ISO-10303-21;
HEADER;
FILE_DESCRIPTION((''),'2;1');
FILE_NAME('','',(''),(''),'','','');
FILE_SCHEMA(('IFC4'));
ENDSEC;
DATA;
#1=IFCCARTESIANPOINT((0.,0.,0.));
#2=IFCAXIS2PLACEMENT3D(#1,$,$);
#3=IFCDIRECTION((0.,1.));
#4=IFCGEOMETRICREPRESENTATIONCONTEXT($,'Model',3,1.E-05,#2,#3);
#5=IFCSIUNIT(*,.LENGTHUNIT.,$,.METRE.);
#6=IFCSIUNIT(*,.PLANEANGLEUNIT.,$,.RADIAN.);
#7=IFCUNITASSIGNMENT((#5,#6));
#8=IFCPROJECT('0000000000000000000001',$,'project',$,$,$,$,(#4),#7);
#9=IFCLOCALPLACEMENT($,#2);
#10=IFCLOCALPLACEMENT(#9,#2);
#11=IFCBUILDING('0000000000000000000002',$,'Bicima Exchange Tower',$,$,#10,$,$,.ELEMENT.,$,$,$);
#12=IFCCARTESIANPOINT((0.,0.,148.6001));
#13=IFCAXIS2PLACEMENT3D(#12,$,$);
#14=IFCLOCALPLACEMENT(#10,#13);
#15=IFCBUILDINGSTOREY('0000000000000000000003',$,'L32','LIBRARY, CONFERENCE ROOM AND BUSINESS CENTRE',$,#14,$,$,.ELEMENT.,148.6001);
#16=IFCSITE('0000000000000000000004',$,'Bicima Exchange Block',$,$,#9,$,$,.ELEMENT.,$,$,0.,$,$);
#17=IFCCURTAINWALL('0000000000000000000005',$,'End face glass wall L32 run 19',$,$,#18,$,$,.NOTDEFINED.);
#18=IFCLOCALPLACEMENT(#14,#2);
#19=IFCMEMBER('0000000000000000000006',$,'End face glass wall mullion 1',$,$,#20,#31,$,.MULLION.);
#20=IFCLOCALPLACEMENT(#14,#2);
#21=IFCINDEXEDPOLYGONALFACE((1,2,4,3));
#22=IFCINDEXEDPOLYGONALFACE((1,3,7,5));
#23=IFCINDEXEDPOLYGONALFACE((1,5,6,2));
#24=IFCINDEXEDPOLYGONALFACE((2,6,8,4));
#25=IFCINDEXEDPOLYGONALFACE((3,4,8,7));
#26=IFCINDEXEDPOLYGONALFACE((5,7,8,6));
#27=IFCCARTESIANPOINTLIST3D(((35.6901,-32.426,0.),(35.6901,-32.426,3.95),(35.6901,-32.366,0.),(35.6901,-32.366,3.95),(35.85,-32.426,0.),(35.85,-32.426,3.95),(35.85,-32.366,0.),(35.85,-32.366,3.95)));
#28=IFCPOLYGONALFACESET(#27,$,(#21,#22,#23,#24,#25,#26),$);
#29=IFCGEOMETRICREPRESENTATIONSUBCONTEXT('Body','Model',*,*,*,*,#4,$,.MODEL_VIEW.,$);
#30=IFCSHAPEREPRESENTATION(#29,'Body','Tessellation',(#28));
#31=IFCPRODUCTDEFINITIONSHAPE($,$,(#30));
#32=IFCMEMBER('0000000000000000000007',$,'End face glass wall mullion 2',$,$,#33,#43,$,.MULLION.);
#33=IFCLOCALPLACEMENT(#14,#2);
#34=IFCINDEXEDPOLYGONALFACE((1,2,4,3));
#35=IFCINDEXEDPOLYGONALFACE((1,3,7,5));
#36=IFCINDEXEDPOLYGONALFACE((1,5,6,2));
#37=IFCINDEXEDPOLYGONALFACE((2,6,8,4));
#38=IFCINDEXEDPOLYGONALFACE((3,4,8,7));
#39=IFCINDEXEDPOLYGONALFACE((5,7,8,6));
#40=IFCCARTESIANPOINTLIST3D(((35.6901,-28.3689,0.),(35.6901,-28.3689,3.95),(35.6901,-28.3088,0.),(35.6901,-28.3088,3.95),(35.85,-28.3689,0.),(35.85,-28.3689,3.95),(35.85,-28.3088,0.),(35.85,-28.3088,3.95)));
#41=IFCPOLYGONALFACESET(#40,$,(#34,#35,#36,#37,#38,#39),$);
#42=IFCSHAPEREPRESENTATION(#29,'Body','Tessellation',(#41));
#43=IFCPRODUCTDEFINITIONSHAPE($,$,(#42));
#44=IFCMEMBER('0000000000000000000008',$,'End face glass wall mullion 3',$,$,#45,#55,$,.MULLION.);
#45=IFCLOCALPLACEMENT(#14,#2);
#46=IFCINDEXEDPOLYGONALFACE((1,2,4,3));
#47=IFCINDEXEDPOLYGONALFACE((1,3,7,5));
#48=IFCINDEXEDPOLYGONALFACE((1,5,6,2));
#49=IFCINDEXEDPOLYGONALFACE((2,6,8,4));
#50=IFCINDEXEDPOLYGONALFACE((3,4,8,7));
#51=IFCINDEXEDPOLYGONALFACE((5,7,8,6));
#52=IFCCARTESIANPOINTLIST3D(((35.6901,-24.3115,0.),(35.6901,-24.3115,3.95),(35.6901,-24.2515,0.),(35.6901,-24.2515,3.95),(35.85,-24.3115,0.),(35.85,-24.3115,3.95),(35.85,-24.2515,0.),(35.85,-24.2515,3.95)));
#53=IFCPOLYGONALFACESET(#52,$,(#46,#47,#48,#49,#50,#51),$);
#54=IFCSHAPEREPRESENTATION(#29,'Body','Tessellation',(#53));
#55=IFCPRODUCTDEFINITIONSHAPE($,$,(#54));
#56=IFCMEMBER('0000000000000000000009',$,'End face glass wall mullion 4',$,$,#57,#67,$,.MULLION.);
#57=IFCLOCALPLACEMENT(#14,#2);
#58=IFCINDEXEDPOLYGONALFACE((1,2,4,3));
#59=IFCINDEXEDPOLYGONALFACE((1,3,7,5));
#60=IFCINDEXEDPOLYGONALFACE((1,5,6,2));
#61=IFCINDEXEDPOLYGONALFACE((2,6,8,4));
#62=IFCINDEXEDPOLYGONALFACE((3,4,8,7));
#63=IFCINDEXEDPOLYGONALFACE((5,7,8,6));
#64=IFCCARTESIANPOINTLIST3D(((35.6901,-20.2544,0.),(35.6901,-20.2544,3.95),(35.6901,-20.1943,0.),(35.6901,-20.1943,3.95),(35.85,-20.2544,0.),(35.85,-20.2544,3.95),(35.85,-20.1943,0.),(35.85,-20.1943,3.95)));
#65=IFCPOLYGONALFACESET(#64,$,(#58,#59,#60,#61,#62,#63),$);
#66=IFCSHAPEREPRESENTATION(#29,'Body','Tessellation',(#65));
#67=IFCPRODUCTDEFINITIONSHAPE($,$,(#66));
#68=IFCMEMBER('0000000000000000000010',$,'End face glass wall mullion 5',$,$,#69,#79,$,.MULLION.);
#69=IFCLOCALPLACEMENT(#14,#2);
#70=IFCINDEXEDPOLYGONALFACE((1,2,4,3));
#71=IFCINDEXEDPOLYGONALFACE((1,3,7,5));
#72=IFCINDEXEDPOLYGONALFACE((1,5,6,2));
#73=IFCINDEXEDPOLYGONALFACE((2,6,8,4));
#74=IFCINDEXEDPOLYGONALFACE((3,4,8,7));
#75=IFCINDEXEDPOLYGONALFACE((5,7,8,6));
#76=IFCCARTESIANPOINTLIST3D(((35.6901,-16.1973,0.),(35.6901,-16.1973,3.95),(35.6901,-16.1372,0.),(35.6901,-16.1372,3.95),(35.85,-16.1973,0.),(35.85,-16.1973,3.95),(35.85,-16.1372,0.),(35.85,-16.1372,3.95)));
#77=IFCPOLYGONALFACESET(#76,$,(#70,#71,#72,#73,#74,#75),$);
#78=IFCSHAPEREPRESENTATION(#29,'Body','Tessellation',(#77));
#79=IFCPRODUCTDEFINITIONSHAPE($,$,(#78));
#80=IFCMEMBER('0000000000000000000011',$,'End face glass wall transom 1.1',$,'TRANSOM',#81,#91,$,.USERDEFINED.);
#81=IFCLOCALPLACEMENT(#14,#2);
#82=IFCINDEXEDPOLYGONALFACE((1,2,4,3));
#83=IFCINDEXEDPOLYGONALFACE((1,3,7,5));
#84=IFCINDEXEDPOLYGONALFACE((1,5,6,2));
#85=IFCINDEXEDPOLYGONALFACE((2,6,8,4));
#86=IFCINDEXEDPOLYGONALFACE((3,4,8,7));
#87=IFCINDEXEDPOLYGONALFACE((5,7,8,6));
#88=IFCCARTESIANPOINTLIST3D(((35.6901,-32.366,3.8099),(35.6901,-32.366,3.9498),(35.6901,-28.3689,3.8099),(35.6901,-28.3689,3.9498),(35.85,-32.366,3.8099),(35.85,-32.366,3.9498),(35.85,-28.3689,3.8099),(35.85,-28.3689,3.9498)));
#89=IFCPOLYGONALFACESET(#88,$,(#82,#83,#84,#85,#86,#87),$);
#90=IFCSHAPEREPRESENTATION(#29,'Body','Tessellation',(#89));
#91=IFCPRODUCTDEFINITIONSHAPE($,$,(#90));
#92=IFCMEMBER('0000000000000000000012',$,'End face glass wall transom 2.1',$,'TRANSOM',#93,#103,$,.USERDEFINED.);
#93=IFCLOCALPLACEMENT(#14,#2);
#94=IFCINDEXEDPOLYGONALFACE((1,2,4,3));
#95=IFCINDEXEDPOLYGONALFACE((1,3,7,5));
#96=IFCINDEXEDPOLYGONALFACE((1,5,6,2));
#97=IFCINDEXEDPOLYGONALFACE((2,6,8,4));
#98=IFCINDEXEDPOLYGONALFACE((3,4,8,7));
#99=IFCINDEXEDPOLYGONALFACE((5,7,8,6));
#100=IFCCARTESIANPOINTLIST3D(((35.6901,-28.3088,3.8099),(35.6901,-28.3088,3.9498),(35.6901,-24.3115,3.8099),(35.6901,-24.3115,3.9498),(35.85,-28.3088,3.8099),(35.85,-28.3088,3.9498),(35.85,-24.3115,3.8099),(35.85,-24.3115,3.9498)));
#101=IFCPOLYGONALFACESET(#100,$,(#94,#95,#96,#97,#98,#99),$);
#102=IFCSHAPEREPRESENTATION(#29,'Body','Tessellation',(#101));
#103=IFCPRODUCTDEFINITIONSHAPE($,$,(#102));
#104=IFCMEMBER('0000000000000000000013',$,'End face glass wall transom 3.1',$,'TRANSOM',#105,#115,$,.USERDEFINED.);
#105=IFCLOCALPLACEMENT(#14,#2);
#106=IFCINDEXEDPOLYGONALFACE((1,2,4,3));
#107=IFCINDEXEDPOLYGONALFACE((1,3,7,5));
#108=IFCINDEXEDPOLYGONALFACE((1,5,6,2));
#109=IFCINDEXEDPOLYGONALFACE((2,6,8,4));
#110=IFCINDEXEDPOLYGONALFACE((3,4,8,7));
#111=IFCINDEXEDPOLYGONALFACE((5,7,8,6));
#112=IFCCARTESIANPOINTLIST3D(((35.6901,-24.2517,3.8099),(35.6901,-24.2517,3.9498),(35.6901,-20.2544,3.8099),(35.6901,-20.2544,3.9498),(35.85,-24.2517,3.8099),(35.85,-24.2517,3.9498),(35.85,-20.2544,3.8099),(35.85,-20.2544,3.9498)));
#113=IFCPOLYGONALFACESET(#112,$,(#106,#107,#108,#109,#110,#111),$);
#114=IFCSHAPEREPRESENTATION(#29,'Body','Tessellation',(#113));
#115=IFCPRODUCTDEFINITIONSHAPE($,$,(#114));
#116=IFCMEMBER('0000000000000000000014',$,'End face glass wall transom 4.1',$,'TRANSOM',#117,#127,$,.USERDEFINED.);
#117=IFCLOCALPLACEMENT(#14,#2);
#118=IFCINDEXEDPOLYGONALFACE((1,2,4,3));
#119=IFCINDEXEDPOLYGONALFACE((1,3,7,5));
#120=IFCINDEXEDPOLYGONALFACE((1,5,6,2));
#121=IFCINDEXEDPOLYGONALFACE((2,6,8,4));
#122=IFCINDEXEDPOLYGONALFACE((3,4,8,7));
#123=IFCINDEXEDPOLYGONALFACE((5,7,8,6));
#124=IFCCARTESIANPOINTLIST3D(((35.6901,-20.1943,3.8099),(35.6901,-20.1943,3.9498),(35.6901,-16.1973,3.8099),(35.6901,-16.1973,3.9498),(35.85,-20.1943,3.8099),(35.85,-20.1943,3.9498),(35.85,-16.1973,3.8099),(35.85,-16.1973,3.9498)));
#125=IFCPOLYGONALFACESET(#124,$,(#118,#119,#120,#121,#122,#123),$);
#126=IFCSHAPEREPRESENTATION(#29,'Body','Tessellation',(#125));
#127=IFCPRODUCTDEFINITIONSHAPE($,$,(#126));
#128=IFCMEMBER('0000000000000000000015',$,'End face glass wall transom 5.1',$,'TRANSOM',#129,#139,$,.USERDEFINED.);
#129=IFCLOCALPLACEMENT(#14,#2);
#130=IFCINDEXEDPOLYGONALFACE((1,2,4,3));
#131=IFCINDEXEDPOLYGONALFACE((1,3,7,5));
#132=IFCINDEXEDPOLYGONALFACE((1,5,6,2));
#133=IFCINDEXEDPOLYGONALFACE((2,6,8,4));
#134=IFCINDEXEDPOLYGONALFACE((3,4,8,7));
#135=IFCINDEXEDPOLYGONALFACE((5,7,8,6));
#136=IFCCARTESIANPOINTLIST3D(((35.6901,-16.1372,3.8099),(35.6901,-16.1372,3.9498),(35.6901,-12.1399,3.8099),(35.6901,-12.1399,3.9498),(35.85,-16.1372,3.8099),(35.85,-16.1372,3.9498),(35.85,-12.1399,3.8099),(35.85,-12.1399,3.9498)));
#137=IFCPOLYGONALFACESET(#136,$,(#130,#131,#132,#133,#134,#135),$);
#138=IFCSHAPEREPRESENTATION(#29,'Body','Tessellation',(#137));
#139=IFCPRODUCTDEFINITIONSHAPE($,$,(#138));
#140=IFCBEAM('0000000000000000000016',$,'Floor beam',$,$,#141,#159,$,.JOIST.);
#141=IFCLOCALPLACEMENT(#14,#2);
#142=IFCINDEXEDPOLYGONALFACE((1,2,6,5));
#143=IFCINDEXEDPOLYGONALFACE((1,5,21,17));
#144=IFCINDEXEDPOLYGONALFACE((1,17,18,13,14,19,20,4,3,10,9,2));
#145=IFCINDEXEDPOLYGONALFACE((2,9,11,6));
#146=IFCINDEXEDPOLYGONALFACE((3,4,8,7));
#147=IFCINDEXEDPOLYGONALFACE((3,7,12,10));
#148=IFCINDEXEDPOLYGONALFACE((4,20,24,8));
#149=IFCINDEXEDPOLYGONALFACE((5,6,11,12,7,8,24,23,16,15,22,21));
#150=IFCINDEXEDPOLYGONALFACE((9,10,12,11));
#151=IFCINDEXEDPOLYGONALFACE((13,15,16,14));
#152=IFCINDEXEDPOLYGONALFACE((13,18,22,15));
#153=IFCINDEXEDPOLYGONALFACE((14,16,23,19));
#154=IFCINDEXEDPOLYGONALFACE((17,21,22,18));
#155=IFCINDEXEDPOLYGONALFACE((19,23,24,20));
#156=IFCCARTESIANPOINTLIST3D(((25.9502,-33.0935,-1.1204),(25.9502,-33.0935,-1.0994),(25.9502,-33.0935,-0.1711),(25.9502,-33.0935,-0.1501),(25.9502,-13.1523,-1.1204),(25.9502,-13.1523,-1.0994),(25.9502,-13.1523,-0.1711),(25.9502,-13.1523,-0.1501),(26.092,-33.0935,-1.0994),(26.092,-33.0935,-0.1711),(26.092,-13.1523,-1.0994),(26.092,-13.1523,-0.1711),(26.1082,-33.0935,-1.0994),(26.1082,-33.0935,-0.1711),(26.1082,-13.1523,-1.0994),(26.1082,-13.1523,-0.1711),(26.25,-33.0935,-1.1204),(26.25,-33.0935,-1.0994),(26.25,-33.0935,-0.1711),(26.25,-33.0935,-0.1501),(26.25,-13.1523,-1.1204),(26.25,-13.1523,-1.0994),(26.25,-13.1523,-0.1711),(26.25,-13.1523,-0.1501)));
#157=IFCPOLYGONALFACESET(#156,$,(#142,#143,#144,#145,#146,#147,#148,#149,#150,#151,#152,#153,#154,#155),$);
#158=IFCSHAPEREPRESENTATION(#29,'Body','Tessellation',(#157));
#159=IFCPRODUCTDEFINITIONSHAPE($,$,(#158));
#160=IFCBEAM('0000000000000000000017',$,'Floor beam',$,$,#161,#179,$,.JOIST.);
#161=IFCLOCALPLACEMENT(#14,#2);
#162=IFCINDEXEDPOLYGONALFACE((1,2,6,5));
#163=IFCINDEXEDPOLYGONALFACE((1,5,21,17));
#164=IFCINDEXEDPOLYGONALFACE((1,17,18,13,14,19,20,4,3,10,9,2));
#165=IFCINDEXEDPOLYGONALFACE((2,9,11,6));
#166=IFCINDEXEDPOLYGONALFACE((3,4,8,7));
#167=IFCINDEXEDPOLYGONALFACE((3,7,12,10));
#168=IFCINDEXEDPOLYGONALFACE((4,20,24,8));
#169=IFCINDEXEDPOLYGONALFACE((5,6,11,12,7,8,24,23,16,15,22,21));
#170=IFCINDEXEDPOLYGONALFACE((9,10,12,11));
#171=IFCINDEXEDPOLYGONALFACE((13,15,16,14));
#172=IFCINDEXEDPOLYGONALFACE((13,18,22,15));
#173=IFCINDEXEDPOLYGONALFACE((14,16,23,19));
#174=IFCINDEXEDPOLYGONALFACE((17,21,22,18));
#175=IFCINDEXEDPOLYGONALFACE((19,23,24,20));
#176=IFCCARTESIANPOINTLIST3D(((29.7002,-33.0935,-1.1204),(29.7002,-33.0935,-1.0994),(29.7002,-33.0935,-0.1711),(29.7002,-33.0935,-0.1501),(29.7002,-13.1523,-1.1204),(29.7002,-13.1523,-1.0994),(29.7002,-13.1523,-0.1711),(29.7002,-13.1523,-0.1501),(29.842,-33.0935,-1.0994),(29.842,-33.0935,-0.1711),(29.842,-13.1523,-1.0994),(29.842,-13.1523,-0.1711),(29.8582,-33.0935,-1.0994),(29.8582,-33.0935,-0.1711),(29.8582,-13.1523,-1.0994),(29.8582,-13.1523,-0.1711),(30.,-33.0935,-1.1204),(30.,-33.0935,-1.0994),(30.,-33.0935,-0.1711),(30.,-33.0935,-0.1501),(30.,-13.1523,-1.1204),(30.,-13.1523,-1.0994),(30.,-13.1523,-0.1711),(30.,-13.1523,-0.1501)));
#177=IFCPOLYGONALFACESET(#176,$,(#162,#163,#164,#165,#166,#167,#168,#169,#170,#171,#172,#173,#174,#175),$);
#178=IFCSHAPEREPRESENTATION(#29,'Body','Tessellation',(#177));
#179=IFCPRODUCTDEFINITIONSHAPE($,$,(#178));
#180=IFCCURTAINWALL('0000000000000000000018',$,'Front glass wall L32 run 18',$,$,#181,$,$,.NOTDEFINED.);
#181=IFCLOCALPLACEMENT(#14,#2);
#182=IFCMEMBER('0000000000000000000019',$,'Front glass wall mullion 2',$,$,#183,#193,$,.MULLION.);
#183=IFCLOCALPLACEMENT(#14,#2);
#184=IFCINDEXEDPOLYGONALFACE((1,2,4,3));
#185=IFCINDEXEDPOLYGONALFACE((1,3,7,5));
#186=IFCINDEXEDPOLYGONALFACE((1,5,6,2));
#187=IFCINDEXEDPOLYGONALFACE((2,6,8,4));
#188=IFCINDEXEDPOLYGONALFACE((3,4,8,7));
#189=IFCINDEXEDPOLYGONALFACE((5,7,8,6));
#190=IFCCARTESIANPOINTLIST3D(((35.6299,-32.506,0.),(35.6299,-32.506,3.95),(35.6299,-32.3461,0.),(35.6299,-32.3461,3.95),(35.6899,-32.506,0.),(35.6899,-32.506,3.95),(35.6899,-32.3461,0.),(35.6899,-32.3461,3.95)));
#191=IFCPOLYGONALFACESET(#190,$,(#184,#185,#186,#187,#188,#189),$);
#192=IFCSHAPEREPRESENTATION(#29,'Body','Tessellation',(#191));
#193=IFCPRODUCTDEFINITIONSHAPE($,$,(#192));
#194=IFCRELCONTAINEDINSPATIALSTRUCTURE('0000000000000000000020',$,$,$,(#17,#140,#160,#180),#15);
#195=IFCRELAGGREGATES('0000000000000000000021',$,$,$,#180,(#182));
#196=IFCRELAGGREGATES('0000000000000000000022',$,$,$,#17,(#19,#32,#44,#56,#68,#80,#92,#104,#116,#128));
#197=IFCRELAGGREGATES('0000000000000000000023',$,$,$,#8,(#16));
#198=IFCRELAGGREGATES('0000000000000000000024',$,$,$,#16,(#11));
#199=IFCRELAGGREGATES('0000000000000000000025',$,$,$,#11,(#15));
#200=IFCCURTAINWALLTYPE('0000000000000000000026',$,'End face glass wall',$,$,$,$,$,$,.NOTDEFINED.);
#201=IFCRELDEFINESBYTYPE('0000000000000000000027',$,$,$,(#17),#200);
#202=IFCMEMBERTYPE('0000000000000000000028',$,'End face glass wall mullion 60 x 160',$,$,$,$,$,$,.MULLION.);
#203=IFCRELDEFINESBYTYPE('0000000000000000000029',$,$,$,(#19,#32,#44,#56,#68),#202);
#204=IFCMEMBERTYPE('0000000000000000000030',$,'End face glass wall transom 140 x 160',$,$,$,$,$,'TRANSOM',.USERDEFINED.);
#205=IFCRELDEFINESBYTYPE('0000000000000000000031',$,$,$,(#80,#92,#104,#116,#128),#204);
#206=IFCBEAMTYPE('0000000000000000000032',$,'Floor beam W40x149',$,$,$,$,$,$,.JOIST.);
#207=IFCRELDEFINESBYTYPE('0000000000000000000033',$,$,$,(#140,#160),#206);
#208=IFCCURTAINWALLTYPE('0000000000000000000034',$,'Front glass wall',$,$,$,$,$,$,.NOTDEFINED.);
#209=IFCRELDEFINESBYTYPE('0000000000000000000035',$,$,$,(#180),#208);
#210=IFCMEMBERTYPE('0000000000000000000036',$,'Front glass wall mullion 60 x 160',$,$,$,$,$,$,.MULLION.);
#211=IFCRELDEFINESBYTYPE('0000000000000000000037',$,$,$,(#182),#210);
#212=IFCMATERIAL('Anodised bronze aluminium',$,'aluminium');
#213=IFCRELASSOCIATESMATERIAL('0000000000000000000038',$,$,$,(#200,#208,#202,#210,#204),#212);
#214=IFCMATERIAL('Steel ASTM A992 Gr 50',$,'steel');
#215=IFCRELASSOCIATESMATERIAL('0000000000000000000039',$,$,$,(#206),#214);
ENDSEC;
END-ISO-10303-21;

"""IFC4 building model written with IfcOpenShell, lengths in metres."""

from ifc_helpers import new_model, si_unit, direction, frame, origin, origin_2d, place, context, subcontext, project, spatial, rectangle, i_section, extrude, material, material_profile, profile_set, type_object, element, aggregate, save


model = new_model("IFC4")

# Units and contexts
model_context = context("Model", 3, precision=1e-05, world=origin(), true_north=direction((0.0, 1.0)))
body_context = subcontext(model_context, "Body", "Model", "MODEL_VIEW")
ifc_project = project(units=[si_unit("LENGTHUNIT", "METRE"), si_unit("PLANEANGLEUNIT", "RADIAN")], contexts=[model_context])

# Site, building, storey
site_placement = place(None, origin())
site = spatial("IfcSite", under=ifc_project, at=site_placement, Name="Bicima Exchange Block", CompositionType="ELEMENT", RefElevation=0.0)
building_placement = place(site_placement, origin())
building = spatial("IfcBuilding", under=site, at=building_placement, Name="Bicima Exchange Tower", CompositionType="ELEMENT")
storey_placement = place(building_placement, frame((0.0, 0.0, 148.6001)))
storey = spatial("IfcBuildingStorey", under=building, at=storey_placement, Name="L32", Description="LIBRARY, CONFERENCE ROOM AND BUSINESS CENTRE", CompositionType="ELEMENT", Elevation=148.6001)

# Curtain wall, members
ifc_material_1 = material(Name="Anodised bronze aluminium", Category="aluminium")
curtain_wall_type_1 = type_object("IfcCurtainWallType", Name="End face glass wall", PredefinedType="NOTDEFINED", material=ifc_material_1)
curtain_wall_1_placement = place(storey_placement, origin())
curtain_wall_1 = element("IfcCurtainWall", 1, at=curtain_wall_1_placement, inside=storey, type_object=curtain_wall_type_1, Name="End face glass wall L32 run 19", PredefinedType="NOTDEFINED")
ifc_material_profile_1 = material_profile(ifc_material_1, rectangle(XDim=0.1599, YDim=0.0601, at=origin_2d()))
ifc_profile_set_1 = profile_set([ifc_material_profile_1], Name="Anodised bronze aluminium")
member_type_1 = type_object("IfcMemberType", Name="End face glass wall mullion 60 x 160", PredefinedType="MULLION", material=ifc_profile_set_1)
member_1_placement = place(storey_placement, frame((35.77, -32.396, 0.0), z_axis=(0.0, 0.0, 1.0), x_axis=(-1.0, 0.0, 0.0)))
member_1 = element("IfcMember", 2, at=member_1_placement, type_object=member_type_1, Name="End face glass wall mullion 1", PredefinedType="MULLION", context=body_context, shape_type="SweptSolid", body=[
    extrude(rectangle(XDim=0.1599, YDim=0.0601, at=origin_2d()), origin(), (0.0, 0.0, 1.0), 3.95),
])
member_2_placement = place(storey_placement, frame((35.77, -28.3389, 0.0), z_axis=(0.0, 0.0, 1.0), x_axis=(-1.0, 0.0, 0.0)))
member_2 = element("IfcMember", 3, at=member_2_placement, type_object=member_type_1, Name="End face glass wall mullion 2", PredefinedType="MULLION", context=body_context, shape_type="SweptSolid", body=[
    extrude(rectangle(XDim=0.1599, YDim=0.0601, at=origin_2d()), origin(), (0.0, 0.0, 1.0), 3.95),
])
member_3_placement = place(storey_placement, frame((35.77, -24.2815, 0.0), z_axis=(0.0, 0.0, 1.0), x_axis=(-1.0, 0.0, 0.0)))
member_3 = element("IfcMember", 4, at=member_3_placement, type_object=member_type_1, Name="End face glass wall mullion 3", PredefinedType="MULLION", context=body_context, shape_type="SweptSolid", body=[
    extrude(rectangle(XDim=0.1599, YDim=0.0601, at=origin_2d()), origin(), (0.0, 0.0, 1.0), 3.95),
])
member_4_placement = place(storey_placement, frame((35.77, -20.2244, 0.0), z_axis=(0.0, 0.0, 1.0), x_axis=(-1.0, 0.0, 0.0)))
member_4 = element("IfcMember", 5, at=member_4_placement, type_object=member_type_1, Name="End face glass wall mullion 4", PredefinedType="MULLION", context=body_context, shape_type="SweptSolid", body=[
    extrude(rectangle(XDim=0.1599, YDim=0.0601, at=origin_2d()), origin(), (0.0, 0.0, 1.0), 3.95),
])
member_5_placement = place(storey_placement, frame((35.77, -16.1672, 0.0), z_axis=(0.0, 0.0, 1.0), x_axis=(-1.0, 0.0, 0.0)))
member_5 = element("IfcMember", 6, at=member_5_placement, type_object=member_type_1, Name="End face glass wall mullion 5", PredefinedType="MULLION", context=body_context, shape_type="SweptSolid", body=[
    extrude(rectangle(XDim=0.1599, YDim=0.0601, at=origin_2d()), origin(), (0.0, 0.0, 1.0), 3.95),
])
ifc_material_profile_2 = material_profile(ifc_material_1, rectangle(XDim=0.1599, YDim=0.1399, at=origin_2d()))
ifc_profile_set_2 = profile_set([ifc_material_profile_2], Name="Anodised bronze aluminium")
member_type_2 = type_object("IfcMemberType", Name="End face glass wall transom 140 x 160", ElementType="TRANSOM", PredefinedType="USERDEFINED", material=ifc_profile_set_2)
member_6_placement = place(storey_placement, frame((35.77, -32.366, 3.8799), z_axis=(0.0, 1.0, 0.0), x_axis=(-1.0, 0.0, 0.0)))
member_6 = element("IfcMember", 7, at=member_6_placement, type_object=member_type_2, Name="End face glass wall transom 1.1", ObjectType="TRANSOM", PredefinedType="USERDEFINED", context=body_context, shape_type="SweptSolid", body=[
    extrude(rectangle(XDim=0.1599, YDim=0.1399, at=origin_2d()), origin(), (0.0, 0.0, 1.0), 3.9971),
])
member_7_placement = place(storey_placement, frame((35.77, -28.3088, 3.8799), z_axis=(0.0, 1.0, 0.0), x_axis=(-1.0, 0.0, 0.0)))
member_7 = element("IfcMember", 8, at=member_7_placement, type_object=member_type_2, Name="End face glass wall transom 2.1", ObjectType="TRANSOM", PredefinedType="USERDEFINED", context=body_context, shape_type="SweptSolid", body=[
    extrude(rectangle(XDim=0.1599, YDim=0.1399, at=origin_2d()), origin(), (0.0, 0.0, 1.0), 3.9973),
])
member_8_placement = place(storey_placement, frame((35.77, -24.2517, 3.8799), z_axis=(0.0, 1.0, 0.0), x_axis=(-1.0, 0.0, 0.0)))
member_8 = element("IfcMember", 9, at=member_8_placement, type_object=member_type_2, Name="End face glass wall transom 3.1", ObjectType="TRANSOM", PredefinedType="USERDEFINED", context=body_context, shape_type="SweptSolid", body=[
    extrude(rectangle(XDim=0.1599, YDim=0.1399, at=origin_2d()), origin(), (0.0, 0.0, 1.0), 3.9973),
])
member_9_placement = place(storey_placement, frame((35.77, -20.1943, 3.8799), z_axis=(0.0, 1.0, 0.0), x_axis=(-1.0, 0.0, 0.0)))
member_9 = element("IfcMember", 10, at=member_9_placement, type_object=member_type_2, Name="End face glass wall transom 4.1", ObjectType="TRANSOM", PredefinedType="USERDEFINED", context=body_context, shape_type="SweptSolid", body=[
    extrude(rectangle(XDim=0.1599, YDim=0.1399, at=origin_2d()), origin(), (0.0, 0.0, 1.0), 3.9971),
])
member_10_placement = place(storey_placement, frame((35.77, -16.1372, 3.8799), z_axis=(0.0, 1.0, 0.0), x_axis=(-1.0, 0.0, 0.0)))
member_10 = element("IfcMember", 11, at=member_10_placement, type_object=member_type_2, Name="End face glass wall transom 5.1", ObjectType="TRANSOM", PredefinedType="USERDEFINED", context=body_context, shape_type="SweptSolid", body=[
    extrude(rectangle(XDim=0.1599, YDim=0.1399, at=origin_2d()), origin(), (0.0, 0.0, 1.0), 3.9973),
])

# Beams
ifc_material_2 = material(Name="Steel ASTM A992 Gr 50", Category="steel")
ifc_material_profile_3 = material_profile(ifc_material_2, i_section(OverallWidth=0.2998, OverallDepth=0.9702, WebThickness=0.0161, FlangeThickness=0.021, at=origin_2d()))
ifc_profile_set_3 = profile_set([ifc_material_profile_3], Name="Steel ASTM A992 Gr 50")
beam_type = type_object("IfcBeamType", Name="Floor beam W40x149", PredefinedType="JOIST", material=ifc_profile_set_3)
for number, where, z_axis, x_axis, name in (
    (12, (26.1001, -13.1523, -0.6353), (0.0, -1.0, 0.0), (1.0, 0.0, 0.0), "Floor beam"),
    (13, (29.8501, -13.1523, -0.6353), (0.0, -1.0, 0.0), (1.0, 0.0, 0.0), "Floor beam"),
):
    element("IfcBeam", number, at=place(storey_placement, frame(where, z_axis=z_axis, x_axis=x_axis)), inside=storey, type_object=beam_type, Name=name, PredefinedType="JOIST", context=body_context, shape_type="SweptSolid", body=[
        extrude(i_section(OverallWidth=0.2998, OverallDepth=0.9702, WebThickness=0.0161, FlangeThickness=0.021, at=origin_2d()), origin(), (0.0, 0.0, 1.0), 19.9412),
    ])

# Curtain wall, member
curtain_wall_type_2 = type_object("IfcCurtainWallType", Name="Front glass wall", PredefinedType="NOTDEFINED", material=ifc_material_1)
curtain_wall_2_placement = place(storey_placement, origin())
curtain_wall_2 = element("IfcCurtainWall", 14, at=curtain_wall_2_placement, inside=storey, type_object=curtain_wall_type_2, Name="Front glass wall L32 run 18", PredefinedType="NOTDEFINED")
member_type_3 = type_object("IfcMemberType", Name="Front glass wall mullion 60 x 160", PredefinedType="MULLION", material=ifc_profile_set_1)
member_11_placement = place(storey_placement, frame((35.6599, -32.426, 0.0), z_axis=(0.0, 0.0, 1.0), x_axis=(0.0, 1.0, 0.0)))
member_11 = element("IfcMember", 15, at=member_11_placement, type_object=member_type_3, Name="Front glass wall mullion 2", PredefinedType="MULLION", context=body_context, shape_type="SweptSolid", body=[
    extrude(rectangle(XDim=0.1599, YDim=0.0601, at=origin_2d()), origin(), (0.0, 0.0, 1.0), 3.95),
])
aggregate(curtain_wall_2, [member_11])

aggregate(curtain_wall_1, [member_1, member_2, member_3, member_4, member_5, member_6, member_7, member_8, member_9, member_10])

save(model, "model.ifc")
